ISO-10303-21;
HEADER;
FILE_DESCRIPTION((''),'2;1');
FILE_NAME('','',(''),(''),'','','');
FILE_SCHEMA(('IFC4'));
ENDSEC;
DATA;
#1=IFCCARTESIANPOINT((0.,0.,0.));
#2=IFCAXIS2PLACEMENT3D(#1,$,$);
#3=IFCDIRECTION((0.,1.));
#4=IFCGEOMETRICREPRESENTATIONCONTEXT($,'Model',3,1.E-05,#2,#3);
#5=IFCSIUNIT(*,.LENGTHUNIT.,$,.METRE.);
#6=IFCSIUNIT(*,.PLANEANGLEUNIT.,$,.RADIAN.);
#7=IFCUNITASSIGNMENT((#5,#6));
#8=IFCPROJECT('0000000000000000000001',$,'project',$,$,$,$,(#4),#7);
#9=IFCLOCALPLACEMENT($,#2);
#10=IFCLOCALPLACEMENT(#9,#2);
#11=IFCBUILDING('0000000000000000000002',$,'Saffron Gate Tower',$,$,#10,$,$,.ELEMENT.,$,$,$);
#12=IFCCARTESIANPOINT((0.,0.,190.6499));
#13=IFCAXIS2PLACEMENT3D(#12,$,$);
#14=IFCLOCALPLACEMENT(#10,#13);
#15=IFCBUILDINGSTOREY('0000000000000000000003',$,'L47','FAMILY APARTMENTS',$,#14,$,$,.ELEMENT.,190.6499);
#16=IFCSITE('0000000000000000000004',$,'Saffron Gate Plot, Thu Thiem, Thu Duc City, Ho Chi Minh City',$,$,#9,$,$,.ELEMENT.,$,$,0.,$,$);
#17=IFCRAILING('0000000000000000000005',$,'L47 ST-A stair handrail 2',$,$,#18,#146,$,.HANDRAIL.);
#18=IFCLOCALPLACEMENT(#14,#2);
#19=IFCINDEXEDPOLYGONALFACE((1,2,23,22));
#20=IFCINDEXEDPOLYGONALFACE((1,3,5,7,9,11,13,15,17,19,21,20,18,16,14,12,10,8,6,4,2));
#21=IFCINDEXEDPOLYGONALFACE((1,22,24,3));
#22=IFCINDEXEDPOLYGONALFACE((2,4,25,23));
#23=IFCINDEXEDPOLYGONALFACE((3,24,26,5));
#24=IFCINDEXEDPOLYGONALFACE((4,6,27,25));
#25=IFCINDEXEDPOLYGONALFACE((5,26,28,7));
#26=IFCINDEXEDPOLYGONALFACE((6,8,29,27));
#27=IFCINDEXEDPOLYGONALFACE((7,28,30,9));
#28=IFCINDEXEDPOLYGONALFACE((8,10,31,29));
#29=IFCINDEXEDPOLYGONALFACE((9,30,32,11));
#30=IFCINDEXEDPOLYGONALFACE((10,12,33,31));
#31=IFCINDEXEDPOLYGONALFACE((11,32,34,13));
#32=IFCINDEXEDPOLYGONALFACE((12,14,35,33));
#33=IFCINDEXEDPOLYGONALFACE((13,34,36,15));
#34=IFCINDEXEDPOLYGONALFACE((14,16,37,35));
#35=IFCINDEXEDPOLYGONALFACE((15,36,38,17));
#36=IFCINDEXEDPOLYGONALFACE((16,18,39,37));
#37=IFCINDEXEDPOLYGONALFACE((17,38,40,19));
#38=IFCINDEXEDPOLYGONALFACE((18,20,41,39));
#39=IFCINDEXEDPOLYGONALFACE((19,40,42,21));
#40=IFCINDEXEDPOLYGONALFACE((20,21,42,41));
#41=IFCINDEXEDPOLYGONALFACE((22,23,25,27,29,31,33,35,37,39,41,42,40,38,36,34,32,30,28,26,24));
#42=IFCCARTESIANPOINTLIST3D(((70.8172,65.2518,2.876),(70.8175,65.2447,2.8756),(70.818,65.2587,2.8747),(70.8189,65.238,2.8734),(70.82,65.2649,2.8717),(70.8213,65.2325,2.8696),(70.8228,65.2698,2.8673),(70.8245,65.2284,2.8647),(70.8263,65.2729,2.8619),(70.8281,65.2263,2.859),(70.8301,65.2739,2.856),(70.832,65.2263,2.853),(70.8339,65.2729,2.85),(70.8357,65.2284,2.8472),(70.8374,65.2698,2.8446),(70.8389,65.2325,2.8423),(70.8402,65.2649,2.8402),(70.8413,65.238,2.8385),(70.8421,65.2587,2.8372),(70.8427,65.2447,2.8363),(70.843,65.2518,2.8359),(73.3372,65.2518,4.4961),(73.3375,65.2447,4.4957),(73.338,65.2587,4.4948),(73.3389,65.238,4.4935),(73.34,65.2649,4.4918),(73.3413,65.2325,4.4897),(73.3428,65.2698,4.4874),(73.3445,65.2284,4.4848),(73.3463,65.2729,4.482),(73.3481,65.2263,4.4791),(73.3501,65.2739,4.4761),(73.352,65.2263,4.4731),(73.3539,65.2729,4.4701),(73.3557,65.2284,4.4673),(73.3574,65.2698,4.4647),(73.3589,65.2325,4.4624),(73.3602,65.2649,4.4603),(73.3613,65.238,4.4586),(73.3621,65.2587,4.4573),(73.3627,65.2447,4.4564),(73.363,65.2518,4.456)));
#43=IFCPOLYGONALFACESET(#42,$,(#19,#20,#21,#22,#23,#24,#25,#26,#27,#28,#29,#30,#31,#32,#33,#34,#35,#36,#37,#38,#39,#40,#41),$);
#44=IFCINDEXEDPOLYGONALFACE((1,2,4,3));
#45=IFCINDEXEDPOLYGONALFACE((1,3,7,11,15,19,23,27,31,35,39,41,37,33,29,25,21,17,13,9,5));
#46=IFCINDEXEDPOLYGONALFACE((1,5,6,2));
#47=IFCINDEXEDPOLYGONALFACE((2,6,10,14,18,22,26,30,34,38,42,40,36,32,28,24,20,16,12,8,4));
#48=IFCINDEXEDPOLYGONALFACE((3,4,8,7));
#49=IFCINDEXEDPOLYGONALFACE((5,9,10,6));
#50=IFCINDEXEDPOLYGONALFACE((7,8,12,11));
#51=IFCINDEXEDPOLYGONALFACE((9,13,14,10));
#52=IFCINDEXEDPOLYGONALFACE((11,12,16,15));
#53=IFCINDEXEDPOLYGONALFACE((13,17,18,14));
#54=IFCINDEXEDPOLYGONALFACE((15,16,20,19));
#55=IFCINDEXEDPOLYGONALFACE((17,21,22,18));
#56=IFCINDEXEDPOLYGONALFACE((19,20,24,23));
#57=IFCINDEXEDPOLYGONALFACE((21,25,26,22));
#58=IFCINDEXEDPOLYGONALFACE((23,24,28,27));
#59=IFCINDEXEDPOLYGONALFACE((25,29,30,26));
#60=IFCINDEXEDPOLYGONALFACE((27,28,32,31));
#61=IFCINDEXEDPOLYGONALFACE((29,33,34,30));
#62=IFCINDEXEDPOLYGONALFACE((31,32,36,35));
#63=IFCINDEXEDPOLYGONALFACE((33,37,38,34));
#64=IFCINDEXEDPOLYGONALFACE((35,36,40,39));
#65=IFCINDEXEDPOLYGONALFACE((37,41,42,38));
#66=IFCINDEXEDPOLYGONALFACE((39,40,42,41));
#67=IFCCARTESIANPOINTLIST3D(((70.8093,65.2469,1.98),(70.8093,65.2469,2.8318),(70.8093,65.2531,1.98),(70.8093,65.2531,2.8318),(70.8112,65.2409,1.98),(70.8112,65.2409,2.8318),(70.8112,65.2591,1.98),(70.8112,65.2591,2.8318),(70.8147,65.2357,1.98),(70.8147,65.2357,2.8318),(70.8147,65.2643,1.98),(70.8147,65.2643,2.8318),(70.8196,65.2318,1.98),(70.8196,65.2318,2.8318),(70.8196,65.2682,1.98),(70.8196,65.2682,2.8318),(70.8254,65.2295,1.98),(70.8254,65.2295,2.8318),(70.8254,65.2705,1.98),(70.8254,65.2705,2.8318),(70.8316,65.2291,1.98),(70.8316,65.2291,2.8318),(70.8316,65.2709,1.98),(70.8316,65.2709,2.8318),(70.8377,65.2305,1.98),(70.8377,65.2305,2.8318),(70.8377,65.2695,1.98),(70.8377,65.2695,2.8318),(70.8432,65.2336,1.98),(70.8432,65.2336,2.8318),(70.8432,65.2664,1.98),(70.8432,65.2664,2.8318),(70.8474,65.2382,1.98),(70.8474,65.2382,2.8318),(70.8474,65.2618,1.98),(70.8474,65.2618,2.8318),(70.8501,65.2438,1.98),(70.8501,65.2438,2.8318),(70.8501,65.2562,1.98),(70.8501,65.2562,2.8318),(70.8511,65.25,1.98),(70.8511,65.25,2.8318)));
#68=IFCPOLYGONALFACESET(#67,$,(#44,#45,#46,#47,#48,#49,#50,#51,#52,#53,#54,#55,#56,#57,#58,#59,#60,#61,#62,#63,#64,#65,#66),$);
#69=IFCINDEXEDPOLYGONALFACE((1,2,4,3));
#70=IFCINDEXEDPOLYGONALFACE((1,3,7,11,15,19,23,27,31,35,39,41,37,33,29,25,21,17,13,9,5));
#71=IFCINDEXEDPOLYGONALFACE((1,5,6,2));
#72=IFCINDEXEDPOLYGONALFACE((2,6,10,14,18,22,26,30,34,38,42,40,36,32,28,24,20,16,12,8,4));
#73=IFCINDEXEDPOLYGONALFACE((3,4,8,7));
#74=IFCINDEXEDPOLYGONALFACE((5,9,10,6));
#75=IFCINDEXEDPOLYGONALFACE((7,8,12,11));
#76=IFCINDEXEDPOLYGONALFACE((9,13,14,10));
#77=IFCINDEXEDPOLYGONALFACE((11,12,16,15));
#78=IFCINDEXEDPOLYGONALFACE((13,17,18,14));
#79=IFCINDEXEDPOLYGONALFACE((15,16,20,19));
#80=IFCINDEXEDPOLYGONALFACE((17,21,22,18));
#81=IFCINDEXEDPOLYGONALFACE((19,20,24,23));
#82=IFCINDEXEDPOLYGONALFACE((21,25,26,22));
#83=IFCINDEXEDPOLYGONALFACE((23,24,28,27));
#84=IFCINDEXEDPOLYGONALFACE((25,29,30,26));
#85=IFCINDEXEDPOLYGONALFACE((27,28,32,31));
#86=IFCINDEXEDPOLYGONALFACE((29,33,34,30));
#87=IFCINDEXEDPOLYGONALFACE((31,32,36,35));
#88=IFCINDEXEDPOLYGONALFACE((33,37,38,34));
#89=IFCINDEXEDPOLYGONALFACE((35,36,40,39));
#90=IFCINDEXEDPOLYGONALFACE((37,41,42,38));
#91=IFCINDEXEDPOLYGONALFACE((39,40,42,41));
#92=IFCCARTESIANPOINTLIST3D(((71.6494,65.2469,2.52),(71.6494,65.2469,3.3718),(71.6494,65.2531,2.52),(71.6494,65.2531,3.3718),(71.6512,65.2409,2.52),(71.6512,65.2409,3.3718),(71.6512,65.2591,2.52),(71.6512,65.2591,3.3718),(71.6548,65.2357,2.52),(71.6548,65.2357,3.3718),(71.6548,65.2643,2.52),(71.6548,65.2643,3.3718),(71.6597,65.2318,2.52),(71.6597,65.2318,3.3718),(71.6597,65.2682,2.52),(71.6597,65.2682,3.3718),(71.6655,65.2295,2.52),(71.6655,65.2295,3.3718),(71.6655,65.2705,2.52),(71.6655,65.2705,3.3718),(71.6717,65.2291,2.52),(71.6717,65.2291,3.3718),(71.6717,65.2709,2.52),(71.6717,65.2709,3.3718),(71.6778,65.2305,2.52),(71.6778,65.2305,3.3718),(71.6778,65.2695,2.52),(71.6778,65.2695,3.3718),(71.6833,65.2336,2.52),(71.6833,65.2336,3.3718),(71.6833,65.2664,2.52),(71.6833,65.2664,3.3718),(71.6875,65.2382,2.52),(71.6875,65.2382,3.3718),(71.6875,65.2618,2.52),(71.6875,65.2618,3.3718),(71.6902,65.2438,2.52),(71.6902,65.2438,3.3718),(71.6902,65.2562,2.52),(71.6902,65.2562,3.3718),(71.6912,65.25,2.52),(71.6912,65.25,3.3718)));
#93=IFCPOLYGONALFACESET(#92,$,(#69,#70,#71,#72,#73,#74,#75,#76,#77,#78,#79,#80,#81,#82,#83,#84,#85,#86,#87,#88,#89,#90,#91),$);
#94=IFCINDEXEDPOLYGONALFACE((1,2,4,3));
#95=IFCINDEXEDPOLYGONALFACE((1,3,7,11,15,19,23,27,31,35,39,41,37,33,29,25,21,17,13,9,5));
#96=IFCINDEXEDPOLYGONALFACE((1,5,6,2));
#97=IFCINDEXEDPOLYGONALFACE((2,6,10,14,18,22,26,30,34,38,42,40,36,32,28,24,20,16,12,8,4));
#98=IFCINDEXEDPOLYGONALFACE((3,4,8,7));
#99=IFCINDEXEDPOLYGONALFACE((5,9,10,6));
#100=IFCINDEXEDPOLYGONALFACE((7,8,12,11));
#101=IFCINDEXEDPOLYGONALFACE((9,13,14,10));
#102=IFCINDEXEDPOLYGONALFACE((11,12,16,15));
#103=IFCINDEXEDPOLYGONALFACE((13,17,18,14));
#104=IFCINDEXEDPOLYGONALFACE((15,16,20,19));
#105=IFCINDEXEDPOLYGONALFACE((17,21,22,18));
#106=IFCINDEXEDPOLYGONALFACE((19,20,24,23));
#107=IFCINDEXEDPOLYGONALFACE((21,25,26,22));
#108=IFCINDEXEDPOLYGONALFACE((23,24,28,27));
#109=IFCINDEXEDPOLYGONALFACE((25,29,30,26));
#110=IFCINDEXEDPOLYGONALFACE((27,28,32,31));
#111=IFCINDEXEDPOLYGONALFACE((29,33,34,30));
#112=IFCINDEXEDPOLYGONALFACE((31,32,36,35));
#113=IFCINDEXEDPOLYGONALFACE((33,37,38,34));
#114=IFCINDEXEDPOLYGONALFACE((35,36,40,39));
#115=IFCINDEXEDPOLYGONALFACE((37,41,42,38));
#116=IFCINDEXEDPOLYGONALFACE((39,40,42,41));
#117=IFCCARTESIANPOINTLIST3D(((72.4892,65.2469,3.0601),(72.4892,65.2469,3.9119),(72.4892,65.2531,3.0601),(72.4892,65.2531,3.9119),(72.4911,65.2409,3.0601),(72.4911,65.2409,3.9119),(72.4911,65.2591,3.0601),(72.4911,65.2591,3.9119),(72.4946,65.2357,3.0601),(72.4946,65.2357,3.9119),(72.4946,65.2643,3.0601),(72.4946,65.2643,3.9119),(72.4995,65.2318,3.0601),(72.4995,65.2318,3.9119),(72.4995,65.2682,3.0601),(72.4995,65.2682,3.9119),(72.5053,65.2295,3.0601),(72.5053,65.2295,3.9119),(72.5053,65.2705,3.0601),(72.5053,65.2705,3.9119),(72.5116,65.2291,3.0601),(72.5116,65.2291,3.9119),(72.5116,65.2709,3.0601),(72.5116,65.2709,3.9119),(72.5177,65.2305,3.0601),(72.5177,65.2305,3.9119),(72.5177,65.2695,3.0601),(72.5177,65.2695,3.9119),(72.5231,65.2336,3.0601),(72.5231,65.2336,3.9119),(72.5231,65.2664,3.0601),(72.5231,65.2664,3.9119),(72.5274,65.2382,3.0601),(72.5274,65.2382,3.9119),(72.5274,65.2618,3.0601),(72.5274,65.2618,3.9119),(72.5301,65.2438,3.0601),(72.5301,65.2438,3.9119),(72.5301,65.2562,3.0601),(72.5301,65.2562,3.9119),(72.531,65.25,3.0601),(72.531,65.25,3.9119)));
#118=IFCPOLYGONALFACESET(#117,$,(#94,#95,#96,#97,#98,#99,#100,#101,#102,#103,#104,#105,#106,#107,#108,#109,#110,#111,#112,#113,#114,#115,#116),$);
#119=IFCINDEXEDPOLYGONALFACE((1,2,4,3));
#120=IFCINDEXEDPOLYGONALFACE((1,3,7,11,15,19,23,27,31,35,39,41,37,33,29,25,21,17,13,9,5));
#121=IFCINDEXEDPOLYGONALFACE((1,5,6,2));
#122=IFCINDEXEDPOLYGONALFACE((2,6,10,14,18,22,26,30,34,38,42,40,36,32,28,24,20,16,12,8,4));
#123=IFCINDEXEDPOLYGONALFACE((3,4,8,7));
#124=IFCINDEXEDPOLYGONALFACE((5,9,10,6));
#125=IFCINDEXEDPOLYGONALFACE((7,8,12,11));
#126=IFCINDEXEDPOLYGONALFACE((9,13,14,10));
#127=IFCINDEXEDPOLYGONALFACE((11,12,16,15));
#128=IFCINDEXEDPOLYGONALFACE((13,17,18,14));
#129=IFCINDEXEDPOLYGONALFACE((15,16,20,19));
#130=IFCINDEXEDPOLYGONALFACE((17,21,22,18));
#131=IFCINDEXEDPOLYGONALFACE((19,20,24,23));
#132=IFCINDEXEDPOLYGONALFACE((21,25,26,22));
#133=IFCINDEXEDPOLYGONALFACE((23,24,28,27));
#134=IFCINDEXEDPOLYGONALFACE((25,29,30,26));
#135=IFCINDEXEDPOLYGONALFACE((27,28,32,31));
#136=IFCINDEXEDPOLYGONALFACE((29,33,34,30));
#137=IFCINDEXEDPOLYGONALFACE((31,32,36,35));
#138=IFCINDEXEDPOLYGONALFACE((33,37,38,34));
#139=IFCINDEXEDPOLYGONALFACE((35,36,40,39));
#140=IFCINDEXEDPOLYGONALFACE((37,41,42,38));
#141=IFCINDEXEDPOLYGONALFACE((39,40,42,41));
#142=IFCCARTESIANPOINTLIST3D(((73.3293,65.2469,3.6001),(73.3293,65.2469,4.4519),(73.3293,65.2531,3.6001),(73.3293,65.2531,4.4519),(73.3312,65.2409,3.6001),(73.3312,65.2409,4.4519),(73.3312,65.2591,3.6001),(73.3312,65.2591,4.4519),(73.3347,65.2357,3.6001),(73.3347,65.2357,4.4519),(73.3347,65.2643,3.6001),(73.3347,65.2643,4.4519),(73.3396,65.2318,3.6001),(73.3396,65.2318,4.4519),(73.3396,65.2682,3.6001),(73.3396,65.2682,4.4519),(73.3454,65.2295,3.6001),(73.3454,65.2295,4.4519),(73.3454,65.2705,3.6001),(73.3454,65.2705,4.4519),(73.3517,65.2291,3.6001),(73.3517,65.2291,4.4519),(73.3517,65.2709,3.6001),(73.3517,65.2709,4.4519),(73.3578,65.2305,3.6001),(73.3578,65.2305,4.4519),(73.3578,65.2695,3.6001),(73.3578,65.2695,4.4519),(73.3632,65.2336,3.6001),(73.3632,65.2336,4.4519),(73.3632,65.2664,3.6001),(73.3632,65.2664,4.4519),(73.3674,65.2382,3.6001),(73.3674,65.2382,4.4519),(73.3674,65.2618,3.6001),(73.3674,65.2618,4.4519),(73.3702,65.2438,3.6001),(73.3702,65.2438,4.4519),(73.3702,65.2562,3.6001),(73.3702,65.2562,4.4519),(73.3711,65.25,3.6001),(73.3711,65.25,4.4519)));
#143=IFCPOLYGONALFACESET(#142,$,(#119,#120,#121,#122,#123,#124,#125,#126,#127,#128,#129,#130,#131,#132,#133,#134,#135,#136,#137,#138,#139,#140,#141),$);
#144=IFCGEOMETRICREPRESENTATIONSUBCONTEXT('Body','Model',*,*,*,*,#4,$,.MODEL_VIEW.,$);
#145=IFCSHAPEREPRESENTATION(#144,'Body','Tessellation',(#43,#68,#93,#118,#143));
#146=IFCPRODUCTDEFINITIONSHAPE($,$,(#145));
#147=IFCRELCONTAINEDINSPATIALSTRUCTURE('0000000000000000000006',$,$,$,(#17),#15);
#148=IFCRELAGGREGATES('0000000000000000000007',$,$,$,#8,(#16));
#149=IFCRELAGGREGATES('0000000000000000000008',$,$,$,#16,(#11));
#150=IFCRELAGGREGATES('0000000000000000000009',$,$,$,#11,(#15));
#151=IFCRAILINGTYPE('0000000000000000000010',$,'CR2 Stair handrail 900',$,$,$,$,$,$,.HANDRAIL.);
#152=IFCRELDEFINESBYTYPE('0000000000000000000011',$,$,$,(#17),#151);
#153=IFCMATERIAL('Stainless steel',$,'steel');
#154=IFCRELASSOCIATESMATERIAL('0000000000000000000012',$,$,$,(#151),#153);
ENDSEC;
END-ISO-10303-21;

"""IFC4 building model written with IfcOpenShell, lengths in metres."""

from ifc_helpers import new_model, si_unit, direction, frame, origin, origin_2d, place, context, subcontext, project, spatial, circle, extrude, material, type_object, element, save


model = new_model("IFC4")

# Units and contexts
model_context = context("Model", 3, precision=1e-05, world=origin(), true_north=direction((0.0, 1.0)))
body_context = subcontext(model_context, "Body", "Model", "MODEL_VIEW")
ifc_project = project(units=[si_unit("LENGTHUNIT", "METRE"), si_unit("PLANEANGLEUNIT", "RADIAN")], contexts=[model_context])

# Site, building, storey
site_placement = place(None, origin())
site = spatial("IfcSite", under=ifc_project, at=site_placement, Name="Saffron Gate Plot, Thu Thiem, Thu Duc City, Ho Chi Minh City", CompositionType="ELEMENT", RefElevation=0.0)
building_placement = place(site_placement, origin())
building = spatial("IfcBuilding", under=site, at=building_placement, Name="Saffron Gate Tower", CompositionType="ELEMENT")
storey_placement = place(building_placement, frame((0.0, 0.0, 190.6499)))
storey = spatial("IfcBuildingStorey", under=building, at=storey_placement, Name="L47", Description="FAMILY APARTMENTS", CompositionType="ELEMENT", Elevation=190.6499)

# Railing
ifc_material_1 = material(Name="Stainless steel", Category="steel")
railing_type_1 = type_object("IfcRailingType", Name="CR2 Stair handrail 900", PredefinedType="HANDRAIL", material=ifc_material_1)
railing_1_placement = place(storey_placement, frame((70.8301, 65.25, 1.98)))
element("IfcRailing", 1, at=railing_1_placement, inside=storey, type_object=railing_type_1, Name="L47 ST-A stair handrail 2", PredefinedType="HANDRAIL", context=body_context, shape_type="SweptSolid", body=[
    extrude(circle(Radius=0.0239, at=origin_2d()), frame((0.0, 0.0, 0.876), z_axis=(0.841163, 0.0, 0.540782), x_axis=(0.0, 1.0, 0.0)), (0.0, 0.0, 1.0), 2.9958),
    extrude(circle(Radius=0.021, at=origin_2d()), origin(), (0.0, 0.0, 1.0), 0.8518),
    extrude(circle(Radius=0.021, at=origin_2d()), frame((0.8401, 0.0, 0.54)), (0.0, 0.0, 1.0), 0.8518),
    extrude(circle(Radius=0.021, at=origin_2d()), frame((1.6799, 0.0, 1.0801)), (0.0, 0.0, 1.0), 0.8518),
    extrude(circle(Radius=0.021, at=origin_2d()), frame((2.52, 0.0, 1.6201)), (0.0, 0.0, 1.0), 0.8518),
])

save(model, "model.ifc")
